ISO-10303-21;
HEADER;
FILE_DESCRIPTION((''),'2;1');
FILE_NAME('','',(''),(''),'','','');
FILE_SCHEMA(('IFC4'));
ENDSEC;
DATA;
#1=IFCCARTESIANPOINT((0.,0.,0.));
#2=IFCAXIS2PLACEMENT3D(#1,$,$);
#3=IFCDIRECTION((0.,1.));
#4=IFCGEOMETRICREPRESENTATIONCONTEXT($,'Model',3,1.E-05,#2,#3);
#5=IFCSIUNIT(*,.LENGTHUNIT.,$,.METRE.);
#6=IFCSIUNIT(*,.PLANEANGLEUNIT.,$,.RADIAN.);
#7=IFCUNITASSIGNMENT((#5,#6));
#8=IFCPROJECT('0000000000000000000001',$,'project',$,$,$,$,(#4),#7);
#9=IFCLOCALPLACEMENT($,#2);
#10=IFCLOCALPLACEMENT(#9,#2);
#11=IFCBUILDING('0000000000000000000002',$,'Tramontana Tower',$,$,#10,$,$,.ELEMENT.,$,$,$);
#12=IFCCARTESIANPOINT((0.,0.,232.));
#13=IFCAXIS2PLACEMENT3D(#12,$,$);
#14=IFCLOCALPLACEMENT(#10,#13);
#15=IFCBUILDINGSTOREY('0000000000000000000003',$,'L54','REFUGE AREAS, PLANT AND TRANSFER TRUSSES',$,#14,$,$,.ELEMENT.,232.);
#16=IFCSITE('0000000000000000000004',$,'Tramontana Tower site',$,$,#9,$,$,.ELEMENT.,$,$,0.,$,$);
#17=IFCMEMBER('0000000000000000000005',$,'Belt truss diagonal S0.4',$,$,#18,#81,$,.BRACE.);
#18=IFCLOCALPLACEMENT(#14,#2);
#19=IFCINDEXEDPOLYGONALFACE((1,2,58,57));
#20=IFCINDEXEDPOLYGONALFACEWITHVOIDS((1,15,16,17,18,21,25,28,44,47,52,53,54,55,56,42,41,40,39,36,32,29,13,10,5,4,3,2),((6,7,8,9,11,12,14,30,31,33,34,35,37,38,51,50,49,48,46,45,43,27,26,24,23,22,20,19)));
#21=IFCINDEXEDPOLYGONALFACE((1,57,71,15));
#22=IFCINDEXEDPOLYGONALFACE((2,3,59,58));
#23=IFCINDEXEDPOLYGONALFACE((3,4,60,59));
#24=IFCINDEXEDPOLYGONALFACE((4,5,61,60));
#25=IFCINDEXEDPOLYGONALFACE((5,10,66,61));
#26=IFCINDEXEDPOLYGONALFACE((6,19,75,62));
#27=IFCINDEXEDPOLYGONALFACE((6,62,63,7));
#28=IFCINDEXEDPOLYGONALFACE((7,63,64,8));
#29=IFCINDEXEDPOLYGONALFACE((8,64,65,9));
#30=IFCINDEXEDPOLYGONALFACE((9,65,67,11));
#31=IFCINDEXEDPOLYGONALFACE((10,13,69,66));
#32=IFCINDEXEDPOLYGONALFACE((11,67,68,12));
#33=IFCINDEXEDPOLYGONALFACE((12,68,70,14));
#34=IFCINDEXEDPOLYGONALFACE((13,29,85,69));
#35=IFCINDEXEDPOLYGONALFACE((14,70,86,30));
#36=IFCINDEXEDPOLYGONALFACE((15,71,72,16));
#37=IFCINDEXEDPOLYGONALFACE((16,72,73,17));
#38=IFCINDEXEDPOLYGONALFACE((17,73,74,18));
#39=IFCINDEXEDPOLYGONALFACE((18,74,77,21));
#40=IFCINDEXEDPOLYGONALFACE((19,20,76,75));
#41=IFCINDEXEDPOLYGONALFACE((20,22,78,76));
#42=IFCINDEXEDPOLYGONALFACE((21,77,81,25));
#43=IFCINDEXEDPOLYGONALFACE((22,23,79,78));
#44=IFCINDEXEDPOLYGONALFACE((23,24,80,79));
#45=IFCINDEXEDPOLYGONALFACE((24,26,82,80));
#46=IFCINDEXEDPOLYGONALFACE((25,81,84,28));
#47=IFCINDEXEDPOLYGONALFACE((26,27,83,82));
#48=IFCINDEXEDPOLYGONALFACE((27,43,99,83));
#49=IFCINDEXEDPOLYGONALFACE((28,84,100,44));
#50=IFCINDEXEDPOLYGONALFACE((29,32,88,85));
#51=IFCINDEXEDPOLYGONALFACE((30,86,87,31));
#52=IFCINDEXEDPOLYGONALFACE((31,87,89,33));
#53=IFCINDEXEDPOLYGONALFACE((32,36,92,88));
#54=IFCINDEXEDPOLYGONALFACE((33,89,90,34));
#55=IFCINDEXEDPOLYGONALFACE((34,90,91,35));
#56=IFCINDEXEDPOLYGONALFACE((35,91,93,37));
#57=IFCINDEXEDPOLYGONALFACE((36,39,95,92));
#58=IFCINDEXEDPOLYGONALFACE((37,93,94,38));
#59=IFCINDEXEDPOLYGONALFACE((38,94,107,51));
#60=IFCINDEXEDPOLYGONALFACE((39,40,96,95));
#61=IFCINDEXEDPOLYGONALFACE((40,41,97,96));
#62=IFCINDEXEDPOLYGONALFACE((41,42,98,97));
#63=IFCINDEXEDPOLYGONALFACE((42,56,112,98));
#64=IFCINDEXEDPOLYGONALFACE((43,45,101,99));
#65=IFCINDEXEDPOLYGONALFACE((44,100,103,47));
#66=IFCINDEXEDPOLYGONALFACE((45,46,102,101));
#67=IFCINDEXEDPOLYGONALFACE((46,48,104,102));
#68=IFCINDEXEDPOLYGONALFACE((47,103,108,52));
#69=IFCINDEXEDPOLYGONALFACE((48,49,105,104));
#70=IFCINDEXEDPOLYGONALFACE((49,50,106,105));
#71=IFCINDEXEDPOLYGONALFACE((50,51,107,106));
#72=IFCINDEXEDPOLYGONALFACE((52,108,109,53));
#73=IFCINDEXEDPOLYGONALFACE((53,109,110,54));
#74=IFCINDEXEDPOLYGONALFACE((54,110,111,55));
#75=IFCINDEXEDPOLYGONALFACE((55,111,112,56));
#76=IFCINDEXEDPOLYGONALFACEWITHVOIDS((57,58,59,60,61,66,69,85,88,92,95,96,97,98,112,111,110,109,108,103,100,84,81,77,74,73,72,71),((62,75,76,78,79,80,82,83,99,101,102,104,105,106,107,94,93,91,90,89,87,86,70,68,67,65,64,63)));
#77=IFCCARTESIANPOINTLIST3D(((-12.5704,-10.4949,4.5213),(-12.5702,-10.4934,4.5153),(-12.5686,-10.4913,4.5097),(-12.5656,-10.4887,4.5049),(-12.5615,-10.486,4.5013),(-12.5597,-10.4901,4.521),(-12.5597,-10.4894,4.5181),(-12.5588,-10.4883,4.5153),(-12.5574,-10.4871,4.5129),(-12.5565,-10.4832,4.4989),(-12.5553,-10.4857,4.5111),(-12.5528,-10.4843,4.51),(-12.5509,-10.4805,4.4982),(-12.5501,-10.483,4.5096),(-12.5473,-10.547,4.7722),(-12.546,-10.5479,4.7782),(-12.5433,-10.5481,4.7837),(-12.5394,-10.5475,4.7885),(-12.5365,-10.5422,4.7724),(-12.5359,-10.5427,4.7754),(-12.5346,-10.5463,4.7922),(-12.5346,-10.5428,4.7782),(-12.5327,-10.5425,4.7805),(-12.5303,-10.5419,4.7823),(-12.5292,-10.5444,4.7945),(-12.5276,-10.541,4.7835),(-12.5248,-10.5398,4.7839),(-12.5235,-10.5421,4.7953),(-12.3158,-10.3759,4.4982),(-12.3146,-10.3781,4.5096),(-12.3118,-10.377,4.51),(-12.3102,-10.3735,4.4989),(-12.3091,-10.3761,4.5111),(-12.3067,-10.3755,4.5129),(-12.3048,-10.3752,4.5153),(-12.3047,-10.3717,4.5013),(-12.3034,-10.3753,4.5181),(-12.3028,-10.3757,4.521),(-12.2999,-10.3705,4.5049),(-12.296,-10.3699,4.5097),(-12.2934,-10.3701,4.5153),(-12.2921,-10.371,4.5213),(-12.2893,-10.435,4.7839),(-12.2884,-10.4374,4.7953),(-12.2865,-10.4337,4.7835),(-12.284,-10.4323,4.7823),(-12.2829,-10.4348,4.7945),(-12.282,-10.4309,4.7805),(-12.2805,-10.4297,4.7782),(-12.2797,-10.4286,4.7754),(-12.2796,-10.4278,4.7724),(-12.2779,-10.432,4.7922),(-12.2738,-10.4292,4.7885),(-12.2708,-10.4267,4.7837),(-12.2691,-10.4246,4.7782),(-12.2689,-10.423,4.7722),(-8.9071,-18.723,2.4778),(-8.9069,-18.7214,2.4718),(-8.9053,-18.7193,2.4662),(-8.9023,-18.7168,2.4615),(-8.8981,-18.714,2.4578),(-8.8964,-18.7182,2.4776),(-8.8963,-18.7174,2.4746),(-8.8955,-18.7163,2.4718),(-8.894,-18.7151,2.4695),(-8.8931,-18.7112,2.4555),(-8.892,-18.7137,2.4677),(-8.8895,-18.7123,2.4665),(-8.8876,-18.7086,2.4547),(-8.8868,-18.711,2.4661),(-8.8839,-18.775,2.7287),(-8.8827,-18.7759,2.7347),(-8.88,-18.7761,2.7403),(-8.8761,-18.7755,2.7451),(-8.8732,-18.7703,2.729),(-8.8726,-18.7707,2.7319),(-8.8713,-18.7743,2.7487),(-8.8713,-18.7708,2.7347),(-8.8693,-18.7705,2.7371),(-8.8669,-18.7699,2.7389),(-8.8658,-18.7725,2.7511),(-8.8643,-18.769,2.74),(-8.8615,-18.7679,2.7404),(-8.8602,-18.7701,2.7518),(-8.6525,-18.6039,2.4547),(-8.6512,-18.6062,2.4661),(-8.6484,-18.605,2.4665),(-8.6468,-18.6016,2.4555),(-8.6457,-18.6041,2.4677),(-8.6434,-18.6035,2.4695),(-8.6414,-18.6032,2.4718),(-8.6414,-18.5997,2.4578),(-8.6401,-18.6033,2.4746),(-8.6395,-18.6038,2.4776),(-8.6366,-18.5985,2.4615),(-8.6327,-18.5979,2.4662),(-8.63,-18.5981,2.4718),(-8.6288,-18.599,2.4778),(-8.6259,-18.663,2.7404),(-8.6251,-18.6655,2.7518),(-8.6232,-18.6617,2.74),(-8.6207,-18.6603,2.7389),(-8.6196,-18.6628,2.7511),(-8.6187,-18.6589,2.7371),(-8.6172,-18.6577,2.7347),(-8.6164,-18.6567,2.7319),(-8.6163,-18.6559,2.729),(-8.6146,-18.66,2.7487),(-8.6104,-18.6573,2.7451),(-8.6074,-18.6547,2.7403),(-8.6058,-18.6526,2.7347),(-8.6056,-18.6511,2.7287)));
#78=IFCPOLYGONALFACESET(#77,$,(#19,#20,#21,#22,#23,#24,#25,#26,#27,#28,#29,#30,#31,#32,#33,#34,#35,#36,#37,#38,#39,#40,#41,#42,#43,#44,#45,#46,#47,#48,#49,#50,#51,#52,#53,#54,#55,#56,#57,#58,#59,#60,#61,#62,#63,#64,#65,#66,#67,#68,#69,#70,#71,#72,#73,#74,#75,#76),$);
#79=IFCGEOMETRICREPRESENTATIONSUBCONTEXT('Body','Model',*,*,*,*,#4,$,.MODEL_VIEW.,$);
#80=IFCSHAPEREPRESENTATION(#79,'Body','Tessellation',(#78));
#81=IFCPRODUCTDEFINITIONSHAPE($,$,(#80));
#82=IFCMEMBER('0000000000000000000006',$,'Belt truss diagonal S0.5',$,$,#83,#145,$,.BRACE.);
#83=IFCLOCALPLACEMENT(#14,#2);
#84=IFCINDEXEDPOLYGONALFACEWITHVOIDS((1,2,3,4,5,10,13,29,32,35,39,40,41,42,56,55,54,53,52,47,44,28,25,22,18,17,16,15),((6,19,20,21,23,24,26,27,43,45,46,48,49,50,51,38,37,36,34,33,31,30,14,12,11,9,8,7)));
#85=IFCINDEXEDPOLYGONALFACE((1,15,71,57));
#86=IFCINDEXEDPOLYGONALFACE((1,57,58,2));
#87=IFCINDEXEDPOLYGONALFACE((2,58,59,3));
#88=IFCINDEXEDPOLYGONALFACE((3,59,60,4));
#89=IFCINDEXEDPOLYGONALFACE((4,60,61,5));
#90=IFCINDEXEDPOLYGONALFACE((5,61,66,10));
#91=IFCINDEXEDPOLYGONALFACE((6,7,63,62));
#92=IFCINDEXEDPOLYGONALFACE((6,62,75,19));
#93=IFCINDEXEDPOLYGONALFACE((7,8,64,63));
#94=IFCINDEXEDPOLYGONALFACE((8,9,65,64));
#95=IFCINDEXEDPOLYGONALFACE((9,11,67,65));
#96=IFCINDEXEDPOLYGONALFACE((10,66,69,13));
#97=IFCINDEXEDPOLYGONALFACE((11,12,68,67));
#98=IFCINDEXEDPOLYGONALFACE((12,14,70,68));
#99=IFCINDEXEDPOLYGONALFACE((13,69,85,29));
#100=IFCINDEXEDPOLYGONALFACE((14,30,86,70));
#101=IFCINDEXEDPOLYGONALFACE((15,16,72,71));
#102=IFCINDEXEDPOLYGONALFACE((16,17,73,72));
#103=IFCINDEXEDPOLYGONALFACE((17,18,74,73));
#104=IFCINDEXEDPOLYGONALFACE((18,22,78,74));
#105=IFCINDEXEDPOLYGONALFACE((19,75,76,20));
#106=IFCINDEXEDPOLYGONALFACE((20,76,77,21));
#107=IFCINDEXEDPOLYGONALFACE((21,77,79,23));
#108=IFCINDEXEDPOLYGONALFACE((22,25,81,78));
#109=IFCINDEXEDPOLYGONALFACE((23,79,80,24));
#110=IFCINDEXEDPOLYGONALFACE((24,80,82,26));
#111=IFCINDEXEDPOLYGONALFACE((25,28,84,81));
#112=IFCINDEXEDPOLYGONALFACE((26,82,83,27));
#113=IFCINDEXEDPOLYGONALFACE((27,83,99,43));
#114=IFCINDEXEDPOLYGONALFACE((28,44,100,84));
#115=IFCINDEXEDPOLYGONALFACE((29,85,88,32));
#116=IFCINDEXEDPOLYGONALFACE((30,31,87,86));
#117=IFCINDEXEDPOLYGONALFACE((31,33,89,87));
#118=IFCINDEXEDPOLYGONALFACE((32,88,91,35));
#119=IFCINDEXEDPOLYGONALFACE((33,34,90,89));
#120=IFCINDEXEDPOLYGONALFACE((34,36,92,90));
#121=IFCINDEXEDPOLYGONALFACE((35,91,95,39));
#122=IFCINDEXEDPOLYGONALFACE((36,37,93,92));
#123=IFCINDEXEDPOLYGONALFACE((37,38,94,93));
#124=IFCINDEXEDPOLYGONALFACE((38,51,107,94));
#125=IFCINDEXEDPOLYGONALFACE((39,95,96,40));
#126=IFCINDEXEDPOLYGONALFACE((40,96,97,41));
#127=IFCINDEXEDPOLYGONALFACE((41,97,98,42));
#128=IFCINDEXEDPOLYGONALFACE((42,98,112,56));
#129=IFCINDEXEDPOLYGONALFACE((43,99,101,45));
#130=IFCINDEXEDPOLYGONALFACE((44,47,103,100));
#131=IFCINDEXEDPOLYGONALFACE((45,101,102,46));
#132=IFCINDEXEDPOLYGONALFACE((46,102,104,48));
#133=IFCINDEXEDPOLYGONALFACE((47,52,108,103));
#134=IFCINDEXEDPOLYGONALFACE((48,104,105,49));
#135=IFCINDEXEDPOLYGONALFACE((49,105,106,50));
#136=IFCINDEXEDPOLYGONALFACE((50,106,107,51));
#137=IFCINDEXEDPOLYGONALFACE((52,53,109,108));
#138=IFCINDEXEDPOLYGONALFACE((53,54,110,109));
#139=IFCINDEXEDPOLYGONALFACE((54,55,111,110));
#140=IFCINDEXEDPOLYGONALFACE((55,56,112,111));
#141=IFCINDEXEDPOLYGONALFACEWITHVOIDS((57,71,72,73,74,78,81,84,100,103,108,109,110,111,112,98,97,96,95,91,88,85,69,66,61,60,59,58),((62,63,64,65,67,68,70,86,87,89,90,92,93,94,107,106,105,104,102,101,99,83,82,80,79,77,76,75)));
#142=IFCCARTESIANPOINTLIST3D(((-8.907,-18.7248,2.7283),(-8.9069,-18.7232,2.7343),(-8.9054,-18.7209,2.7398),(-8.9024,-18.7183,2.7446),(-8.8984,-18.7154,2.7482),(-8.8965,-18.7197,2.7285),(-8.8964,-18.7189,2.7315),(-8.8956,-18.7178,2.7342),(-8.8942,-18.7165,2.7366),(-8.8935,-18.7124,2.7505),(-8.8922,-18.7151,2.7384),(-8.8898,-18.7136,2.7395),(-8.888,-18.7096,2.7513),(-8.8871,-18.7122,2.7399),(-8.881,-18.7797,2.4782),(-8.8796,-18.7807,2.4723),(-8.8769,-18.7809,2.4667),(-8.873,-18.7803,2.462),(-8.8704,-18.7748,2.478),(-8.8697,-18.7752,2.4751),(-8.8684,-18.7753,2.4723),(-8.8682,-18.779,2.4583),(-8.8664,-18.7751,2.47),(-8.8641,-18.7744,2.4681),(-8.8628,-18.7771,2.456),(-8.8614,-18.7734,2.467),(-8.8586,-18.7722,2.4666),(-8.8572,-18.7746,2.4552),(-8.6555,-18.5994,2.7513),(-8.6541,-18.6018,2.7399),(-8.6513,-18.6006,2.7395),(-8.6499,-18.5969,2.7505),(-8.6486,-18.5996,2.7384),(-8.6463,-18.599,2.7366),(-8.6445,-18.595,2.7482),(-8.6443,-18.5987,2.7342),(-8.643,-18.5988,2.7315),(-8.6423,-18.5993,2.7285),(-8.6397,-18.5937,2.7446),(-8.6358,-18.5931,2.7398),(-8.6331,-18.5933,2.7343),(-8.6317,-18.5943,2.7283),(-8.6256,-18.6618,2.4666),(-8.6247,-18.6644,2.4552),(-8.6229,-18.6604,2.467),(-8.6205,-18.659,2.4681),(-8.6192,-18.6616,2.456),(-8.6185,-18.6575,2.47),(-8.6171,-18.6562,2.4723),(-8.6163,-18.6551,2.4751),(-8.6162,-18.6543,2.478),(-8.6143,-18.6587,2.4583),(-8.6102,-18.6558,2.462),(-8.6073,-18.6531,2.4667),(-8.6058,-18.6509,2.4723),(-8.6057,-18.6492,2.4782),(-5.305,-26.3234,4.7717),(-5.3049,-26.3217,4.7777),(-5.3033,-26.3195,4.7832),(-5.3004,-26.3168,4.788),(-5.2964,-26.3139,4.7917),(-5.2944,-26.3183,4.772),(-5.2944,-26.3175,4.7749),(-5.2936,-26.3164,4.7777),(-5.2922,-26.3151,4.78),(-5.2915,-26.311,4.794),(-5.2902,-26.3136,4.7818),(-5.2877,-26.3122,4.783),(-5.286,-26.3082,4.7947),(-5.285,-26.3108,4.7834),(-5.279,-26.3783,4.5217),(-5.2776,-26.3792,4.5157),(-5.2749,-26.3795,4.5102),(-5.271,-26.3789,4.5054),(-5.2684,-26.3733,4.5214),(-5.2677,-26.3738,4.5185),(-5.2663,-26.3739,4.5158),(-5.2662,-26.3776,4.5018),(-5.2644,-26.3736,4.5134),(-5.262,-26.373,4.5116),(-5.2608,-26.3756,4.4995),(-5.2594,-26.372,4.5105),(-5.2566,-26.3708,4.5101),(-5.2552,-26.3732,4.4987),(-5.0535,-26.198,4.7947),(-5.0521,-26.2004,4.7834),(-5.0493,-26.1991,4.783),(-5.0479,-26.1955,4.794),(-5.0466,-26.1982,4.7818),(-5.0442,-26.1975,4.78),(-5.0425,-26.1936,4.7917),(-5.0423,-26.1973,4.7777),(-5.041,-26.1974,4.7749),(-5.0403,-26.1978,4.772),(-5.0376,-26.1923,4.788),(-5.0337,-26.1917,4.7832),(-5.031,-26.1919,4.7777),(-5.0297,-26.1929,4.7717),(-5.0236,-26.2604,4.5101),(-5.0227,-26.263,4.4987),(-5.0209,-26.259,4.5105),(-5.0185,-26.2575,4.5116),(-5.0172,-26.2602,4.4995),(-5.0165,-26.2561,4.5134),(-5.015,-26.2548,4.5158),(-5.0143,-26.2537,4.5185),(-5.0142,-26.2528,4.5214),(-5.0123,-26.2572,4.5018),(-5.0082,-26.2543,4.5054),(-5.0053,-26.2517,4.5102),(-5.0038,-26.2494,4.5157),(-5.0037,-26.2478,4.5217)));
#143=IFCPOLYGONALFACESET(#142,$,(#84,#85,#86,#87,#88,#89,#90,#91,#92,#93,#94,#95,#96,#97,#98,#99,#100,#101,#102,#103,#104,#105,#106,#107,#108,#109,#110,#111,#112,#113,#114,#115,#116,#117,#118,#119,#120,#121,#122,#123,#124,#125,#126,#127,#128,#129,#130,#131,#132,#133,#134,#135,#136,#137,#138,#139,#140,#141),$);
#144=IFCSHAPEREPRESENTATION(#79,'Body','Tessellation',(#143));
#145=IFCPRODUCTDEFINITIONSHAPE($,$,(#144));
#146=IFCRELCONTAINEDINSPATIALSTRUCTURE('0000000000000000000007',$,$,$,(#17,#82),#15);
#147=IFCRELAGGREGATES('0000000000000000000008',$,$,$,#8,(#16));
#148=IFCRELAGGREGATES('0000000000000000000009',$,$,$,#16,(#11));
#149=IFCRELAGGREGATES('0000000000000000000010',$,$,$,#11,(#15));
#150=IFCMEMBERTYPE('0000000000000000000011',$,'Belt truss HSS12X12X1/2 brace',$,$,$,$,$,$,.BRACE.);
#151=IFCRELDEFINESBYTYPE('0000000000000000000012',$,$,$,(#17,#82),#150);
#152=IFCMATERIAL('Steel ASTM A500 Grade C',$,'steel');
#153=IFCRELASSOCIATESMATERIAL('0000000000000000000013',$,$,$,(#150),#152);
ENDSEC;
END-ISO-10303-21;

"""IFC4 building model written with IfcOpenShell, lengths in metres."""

from ifc_helpers import new_model, si_unit, direction, frame, origin, origin_2d, place, context, subcontext, project, spatial, hollow_rectangle, extrude, material, material_profile, profile_set, type_object, element, save


model = new_model("IFC4")

# Units and contexts
model_context = context("Model", 3, precision=1e-05, world=origin(), true_north=direction((0.0, 1.0)))
body_context = subcontext(model_context, "Body", "Model", "MODEL_VIEW")
ifc_project = project(units=[si_unit("LENGTHUNIT", "METRE"), si_unit("PLANEANGLEUNIT", "RADIAN")], contexts=[model_context])

# Site, building, storey
site_placement = place(None, origin())
site = spatial("IfcSite", under=ifc_project, at=site_placement, Name="Tramontana Tower site", CompositionType="ELEMENT", RefElevation=0.0)
building_placement = place(site_placement, origin())
building = spatial("IfcBuilding", under=site, at=building_placement, Name="Tramontana Tower", CompositionType="ELEMENT")
storey_placement = place(building_placement, frame((0.0, 0.0, 232.0)))
storey = spatial("IfcBuildingStorey", under=building, at=storey_placement, Name="L54", Description="REFUGE AREAS, PLANT AND TRANSFER TRUSSES", CompositionType="ELEMENT", Elevation=232.0)

# Members
ifc_material_1 = material(Name="Steel ASTM A500 Grade C", Category="steel")
ifc_material_profile_1 = material_profile(ifc_material_1, hollow_rectangle(XDim=0.3047, YDim=0.3047, WallThickness=0.0117, InnerFilletRadius=0.0117, OuterFilletRadius=0.0237, at=origin_2d()), Name="HSS12X12X1/2")
ifc_profile_set_1 = profile_set([ifc_material_profile_1], Name="Steel ASTM A500 Grade C")
member_type_1 = type_object("IfcMemberType", Name="Belt truss HSS12X12X1/2 brace", PredefinedType="BRACE", material=ifc_profile_set_1)
member_1_placement = place(storey_placement, frame((-12.4197, -10.459, 4.6467), z_axis=(0.396654, -0.890904, -0.221259), x_axis=(0.913546, 0.406734, 0.0)))
element("IfcMember", 1, at=member_1_placement, inside=storey, type_object=member_type_1, Name="Belt truss diagonal S0.4", PredefinedType="BRACE", context=body_context, shape_type="SweptSolid", body=[
    extrude(hollow_rectangle(XDim=0.3047, YDim=0.3047, WallThickness=0.0117, InnerFilletRadius=0.0117, OuterFilletRadius=0.0237, at=origin_2d()), origin(), (0.0, 0.0, 1.0), 9.2356),
])
member_2_placement = place(storey_placement, frame((-8.7563, -18.687, 2.6033), z_axis=(0.416235, -0.87806, 0.236132), x_axis=(0.903614, 0.428348, 0.0)))
element("IfcMember", 2, at=member_2_placement, inside=storey, type_object=member_type_1, Name="Belt truss diagonal S0.5", PredefinedType="BRACE", context=body_context, shape_type="SweptSolid", body=[
    extrude(hollow_rectangle(XDim=0.3047, YDim=0.3047, WallThickness=0.0117, InnerFilletRadius=0.0117, OuterFilletRadius=0.0237, at=origin_2d()), origin(), (0.0, 0.0, 1.0), 8.6538),
])

save(model, "model.ifc")
